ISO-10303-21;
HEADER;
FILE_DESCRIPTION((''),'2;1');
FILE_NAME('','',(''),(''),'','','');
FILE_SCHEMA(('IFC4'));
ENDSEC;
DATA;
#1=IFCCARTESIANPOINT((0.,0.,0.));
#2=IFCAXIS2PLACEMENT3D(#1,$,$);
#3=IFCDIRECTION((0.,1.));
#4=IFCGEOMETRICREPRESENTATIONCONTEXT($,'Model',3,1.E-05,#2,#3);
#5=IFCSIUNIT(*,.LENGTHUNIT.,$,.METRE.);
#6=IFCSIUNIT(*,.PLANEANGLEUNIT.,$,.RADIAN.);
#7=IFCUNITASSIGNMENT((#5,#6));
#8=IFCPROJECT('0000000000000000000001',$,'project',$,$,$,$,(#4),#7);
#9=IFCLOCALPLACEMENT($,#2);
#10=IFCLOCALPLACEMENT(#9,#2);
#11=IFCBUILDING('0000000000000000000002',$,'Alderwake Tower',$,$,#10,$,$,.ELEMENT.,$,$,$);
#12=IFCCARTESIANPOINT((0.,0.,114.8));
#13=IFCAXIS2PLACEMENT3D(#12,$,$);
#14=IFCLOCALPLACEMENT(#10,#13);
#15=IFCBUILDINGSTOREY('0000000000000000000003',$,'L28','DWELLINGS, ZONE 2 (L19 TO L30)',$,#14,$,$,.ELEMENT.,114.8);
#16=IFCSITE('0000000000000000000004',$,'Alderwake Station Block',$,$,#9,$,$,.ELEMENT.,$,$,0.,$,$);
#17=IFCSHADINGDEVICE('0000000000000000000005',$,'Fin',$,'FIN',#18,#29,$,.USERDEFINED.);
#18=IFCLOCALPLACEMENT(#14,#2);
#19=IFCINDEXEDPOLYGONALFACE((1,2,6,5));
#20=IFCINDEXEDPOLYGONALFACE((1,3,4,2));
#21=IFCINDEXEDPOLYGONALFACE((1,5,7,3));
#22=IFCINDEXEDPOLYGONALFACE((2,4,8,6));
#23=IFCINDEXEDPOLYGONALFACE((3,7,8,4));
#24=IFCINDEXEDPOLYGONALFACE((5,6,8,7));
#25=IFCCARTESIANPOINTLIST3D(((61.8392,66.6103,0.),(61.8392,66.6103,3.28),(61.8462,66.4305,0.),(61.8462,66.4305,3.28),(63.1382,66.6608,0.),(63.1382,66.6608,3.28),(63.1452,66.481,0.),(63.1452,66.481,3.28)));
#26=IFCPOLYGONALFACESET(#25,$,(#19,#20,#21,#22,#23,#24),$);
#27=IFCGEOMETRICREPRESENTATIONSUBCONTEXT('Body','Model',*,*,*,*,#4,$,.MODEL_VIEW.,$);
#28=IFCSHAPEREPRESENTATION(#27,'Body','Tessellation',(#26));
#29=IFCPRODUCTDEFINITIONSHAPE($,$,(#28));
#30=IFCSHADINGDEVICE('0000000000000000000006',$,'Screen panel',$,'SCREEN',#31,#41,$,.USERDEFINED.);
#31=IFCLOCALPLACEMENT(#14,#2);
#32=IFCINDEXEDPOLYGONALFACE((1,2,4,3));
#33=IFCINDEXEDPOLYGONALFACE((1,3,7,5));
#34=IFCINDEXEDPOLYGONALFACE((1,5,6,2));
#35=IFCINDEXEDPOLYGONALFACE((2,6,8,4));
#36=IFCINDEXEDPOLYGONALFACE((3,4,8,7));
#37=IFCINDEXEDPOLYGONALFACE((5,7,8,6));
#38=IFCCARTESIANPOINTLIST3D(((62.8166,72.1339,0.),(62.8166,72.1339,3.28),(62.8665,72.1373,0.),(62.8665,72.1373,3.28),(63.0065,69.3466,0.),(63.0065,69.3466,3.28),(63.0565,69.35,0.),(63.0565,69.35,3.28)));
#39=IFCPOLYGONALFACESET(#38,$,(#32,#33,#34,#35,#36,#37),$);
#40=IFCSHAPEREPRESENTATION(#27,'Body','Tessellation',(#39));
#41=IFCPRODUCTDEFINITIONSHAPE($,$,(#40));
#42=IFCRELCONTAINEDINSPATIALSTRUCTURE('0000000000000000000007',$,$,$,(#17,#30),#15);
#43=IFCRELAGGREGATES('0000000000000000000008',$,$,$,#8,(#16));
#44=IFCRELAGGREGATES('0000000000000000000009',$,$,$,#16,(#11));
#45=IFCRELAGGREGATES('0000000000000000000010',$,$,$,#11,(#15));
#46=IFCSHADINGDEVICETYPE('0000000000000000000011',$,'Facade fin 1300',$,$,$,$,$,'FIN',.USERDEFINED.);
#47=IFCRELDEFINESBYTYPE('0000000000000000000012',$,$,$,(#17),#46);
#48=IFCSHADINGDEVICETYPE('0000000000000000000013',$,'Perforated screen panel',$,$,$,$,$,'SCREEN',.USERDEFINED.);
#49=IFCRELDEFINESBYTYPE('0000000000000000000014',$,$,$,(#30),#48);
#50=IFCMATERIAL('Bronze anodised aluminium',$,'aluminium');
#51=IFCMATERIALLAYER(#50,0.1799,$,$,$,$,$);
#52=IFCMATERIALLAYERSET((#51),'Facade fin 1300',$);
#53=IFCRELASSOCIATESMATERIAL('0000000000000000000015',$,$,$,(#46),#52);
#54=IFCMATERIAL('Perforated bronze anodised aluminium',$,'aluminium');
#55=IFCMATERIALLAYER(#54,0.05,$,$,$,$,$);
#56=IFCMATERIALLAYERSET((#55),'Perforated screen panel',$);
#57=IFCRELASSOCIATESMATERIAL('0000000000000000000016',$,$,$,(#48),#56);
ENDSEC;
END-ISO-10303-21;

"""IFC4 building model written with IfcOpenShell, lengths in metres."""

from ifc_helpers import new_model, si_unit, direction, frame, origin, origin_2d, place, context, subcontext, project, spatial, rectangle, extrude, material, layer, layer_set, type_object, element, save


model = new_model("IFC4")

# Units and contexts
model_context = context("Model", 3, precision=1e-05, world=origin(), true_north=direction((0.0, 1.0)))
body_context = subcontext(model_context, "Body", "Model", "MODEL_VIEW")
ifc_project = project(units=[si_unit("LENGTHUNIT", "METRE"), si_unit("PLANEANGLEUNIT", "RADIAN")], contexts=[model_context])

# Site, building, storey
site_placement = place(None, origin())
site = spatial("IfcSite", under=ifc_project, at=site_placement, Name="Alderwake Station Block", CompositionType="ELEMENT", RefElevation=0.0)
building_placement = place(site_placement, origin())
building = spatial("IfcBuilding", under=site, at=building_placement, Name="Alderwake Tower", CompositionType="ELEMENT")
storey_placement = place(building_placement, frame((0.0, 0.0, 114.8)))
storey = spatial("IfcBuildingStorey", under=building, at=storey_placement, Name="L28", Description="DWELLINGS, ZONE 2 (L19 TO L30)", CompositionType="ELEMENT", Elevation=114.8)

# Shading devices
ifc_material_1 = material(Name="Bronze anodised aluminium", Category="aluminium")
ifc_layer_1 = layer(ifc_material_1, 0.1799)
ifc_layer_set_1 = layer_set([ifc_layer_1], Name="Facade fin 1300")
shading_device_type_1 = type_object("IfcShadingDeviceType", Name="Facade fin 1300", ElementType="FIN", PredefinedType="USERDEFINED", material=ifc_layer_set_1)
for number, where, z_axis, x_axis, name in (
    (1, (62.4922, 66.5457, 0.0), (0.0, 0.0, 1.0), (0.999243, 0.03889, 0.0), "Fin"),
):
    element("IfcShadingDevice", number, at=place(storey_placement, frame(where, z_axis=z_axis, x_axis=x_axis)), inside=storey, type_object=shading_device_type_1, Name=name, ObjectType="FIN", PredefinedType="USERDEFINED", context=body_context, shape_type="SweptSolid", body=[
        extrude(rectangle(XDim=1.3, YDim=0.1799, at=origin_2d()), origin(), (0.0, 0.0, 1.0), 3.28),
    ])
ifc_material_2 = material(Name="Perforated bronze anodised aluminium", Category="aluminium")
ifc_layer_2 = layer(ifc_material_2, 0.05)
ifc_layer_set_2 = layer_set([ifc_layer_2], Name="Perforated screen panel")
shading_device_type_2 = type_object("IfcShadingDeviceType", Name="Perforated screen panel", ElementType="SCREEN", PredefinedType="USERDEFINED", material=ifc_layer_set_2)
shading_device_placement = place(storey_placement, frame((62.9365, 70.7419, 0.0), z_axis=(0.0, 0.0, 1.0), x_axis=(0.997685, 0.067998, 0.0)))
element("IfcShadingDevice", 2, at=shading_device_placement, inside=storey, type_object=shading_device_type_2, Name="Screen panel", ObjectType="SCREEN", PredefinedType="USERDEFINED", context=body_context, shape_type="SweptSolid", body=[
    extrude(rectangle(XDim=0.05, YDim=2.7937, at=origin_2d()), origin(), (0.0, 0.0, 1.0), 3.28),
])

save(model, "model.ifc")
